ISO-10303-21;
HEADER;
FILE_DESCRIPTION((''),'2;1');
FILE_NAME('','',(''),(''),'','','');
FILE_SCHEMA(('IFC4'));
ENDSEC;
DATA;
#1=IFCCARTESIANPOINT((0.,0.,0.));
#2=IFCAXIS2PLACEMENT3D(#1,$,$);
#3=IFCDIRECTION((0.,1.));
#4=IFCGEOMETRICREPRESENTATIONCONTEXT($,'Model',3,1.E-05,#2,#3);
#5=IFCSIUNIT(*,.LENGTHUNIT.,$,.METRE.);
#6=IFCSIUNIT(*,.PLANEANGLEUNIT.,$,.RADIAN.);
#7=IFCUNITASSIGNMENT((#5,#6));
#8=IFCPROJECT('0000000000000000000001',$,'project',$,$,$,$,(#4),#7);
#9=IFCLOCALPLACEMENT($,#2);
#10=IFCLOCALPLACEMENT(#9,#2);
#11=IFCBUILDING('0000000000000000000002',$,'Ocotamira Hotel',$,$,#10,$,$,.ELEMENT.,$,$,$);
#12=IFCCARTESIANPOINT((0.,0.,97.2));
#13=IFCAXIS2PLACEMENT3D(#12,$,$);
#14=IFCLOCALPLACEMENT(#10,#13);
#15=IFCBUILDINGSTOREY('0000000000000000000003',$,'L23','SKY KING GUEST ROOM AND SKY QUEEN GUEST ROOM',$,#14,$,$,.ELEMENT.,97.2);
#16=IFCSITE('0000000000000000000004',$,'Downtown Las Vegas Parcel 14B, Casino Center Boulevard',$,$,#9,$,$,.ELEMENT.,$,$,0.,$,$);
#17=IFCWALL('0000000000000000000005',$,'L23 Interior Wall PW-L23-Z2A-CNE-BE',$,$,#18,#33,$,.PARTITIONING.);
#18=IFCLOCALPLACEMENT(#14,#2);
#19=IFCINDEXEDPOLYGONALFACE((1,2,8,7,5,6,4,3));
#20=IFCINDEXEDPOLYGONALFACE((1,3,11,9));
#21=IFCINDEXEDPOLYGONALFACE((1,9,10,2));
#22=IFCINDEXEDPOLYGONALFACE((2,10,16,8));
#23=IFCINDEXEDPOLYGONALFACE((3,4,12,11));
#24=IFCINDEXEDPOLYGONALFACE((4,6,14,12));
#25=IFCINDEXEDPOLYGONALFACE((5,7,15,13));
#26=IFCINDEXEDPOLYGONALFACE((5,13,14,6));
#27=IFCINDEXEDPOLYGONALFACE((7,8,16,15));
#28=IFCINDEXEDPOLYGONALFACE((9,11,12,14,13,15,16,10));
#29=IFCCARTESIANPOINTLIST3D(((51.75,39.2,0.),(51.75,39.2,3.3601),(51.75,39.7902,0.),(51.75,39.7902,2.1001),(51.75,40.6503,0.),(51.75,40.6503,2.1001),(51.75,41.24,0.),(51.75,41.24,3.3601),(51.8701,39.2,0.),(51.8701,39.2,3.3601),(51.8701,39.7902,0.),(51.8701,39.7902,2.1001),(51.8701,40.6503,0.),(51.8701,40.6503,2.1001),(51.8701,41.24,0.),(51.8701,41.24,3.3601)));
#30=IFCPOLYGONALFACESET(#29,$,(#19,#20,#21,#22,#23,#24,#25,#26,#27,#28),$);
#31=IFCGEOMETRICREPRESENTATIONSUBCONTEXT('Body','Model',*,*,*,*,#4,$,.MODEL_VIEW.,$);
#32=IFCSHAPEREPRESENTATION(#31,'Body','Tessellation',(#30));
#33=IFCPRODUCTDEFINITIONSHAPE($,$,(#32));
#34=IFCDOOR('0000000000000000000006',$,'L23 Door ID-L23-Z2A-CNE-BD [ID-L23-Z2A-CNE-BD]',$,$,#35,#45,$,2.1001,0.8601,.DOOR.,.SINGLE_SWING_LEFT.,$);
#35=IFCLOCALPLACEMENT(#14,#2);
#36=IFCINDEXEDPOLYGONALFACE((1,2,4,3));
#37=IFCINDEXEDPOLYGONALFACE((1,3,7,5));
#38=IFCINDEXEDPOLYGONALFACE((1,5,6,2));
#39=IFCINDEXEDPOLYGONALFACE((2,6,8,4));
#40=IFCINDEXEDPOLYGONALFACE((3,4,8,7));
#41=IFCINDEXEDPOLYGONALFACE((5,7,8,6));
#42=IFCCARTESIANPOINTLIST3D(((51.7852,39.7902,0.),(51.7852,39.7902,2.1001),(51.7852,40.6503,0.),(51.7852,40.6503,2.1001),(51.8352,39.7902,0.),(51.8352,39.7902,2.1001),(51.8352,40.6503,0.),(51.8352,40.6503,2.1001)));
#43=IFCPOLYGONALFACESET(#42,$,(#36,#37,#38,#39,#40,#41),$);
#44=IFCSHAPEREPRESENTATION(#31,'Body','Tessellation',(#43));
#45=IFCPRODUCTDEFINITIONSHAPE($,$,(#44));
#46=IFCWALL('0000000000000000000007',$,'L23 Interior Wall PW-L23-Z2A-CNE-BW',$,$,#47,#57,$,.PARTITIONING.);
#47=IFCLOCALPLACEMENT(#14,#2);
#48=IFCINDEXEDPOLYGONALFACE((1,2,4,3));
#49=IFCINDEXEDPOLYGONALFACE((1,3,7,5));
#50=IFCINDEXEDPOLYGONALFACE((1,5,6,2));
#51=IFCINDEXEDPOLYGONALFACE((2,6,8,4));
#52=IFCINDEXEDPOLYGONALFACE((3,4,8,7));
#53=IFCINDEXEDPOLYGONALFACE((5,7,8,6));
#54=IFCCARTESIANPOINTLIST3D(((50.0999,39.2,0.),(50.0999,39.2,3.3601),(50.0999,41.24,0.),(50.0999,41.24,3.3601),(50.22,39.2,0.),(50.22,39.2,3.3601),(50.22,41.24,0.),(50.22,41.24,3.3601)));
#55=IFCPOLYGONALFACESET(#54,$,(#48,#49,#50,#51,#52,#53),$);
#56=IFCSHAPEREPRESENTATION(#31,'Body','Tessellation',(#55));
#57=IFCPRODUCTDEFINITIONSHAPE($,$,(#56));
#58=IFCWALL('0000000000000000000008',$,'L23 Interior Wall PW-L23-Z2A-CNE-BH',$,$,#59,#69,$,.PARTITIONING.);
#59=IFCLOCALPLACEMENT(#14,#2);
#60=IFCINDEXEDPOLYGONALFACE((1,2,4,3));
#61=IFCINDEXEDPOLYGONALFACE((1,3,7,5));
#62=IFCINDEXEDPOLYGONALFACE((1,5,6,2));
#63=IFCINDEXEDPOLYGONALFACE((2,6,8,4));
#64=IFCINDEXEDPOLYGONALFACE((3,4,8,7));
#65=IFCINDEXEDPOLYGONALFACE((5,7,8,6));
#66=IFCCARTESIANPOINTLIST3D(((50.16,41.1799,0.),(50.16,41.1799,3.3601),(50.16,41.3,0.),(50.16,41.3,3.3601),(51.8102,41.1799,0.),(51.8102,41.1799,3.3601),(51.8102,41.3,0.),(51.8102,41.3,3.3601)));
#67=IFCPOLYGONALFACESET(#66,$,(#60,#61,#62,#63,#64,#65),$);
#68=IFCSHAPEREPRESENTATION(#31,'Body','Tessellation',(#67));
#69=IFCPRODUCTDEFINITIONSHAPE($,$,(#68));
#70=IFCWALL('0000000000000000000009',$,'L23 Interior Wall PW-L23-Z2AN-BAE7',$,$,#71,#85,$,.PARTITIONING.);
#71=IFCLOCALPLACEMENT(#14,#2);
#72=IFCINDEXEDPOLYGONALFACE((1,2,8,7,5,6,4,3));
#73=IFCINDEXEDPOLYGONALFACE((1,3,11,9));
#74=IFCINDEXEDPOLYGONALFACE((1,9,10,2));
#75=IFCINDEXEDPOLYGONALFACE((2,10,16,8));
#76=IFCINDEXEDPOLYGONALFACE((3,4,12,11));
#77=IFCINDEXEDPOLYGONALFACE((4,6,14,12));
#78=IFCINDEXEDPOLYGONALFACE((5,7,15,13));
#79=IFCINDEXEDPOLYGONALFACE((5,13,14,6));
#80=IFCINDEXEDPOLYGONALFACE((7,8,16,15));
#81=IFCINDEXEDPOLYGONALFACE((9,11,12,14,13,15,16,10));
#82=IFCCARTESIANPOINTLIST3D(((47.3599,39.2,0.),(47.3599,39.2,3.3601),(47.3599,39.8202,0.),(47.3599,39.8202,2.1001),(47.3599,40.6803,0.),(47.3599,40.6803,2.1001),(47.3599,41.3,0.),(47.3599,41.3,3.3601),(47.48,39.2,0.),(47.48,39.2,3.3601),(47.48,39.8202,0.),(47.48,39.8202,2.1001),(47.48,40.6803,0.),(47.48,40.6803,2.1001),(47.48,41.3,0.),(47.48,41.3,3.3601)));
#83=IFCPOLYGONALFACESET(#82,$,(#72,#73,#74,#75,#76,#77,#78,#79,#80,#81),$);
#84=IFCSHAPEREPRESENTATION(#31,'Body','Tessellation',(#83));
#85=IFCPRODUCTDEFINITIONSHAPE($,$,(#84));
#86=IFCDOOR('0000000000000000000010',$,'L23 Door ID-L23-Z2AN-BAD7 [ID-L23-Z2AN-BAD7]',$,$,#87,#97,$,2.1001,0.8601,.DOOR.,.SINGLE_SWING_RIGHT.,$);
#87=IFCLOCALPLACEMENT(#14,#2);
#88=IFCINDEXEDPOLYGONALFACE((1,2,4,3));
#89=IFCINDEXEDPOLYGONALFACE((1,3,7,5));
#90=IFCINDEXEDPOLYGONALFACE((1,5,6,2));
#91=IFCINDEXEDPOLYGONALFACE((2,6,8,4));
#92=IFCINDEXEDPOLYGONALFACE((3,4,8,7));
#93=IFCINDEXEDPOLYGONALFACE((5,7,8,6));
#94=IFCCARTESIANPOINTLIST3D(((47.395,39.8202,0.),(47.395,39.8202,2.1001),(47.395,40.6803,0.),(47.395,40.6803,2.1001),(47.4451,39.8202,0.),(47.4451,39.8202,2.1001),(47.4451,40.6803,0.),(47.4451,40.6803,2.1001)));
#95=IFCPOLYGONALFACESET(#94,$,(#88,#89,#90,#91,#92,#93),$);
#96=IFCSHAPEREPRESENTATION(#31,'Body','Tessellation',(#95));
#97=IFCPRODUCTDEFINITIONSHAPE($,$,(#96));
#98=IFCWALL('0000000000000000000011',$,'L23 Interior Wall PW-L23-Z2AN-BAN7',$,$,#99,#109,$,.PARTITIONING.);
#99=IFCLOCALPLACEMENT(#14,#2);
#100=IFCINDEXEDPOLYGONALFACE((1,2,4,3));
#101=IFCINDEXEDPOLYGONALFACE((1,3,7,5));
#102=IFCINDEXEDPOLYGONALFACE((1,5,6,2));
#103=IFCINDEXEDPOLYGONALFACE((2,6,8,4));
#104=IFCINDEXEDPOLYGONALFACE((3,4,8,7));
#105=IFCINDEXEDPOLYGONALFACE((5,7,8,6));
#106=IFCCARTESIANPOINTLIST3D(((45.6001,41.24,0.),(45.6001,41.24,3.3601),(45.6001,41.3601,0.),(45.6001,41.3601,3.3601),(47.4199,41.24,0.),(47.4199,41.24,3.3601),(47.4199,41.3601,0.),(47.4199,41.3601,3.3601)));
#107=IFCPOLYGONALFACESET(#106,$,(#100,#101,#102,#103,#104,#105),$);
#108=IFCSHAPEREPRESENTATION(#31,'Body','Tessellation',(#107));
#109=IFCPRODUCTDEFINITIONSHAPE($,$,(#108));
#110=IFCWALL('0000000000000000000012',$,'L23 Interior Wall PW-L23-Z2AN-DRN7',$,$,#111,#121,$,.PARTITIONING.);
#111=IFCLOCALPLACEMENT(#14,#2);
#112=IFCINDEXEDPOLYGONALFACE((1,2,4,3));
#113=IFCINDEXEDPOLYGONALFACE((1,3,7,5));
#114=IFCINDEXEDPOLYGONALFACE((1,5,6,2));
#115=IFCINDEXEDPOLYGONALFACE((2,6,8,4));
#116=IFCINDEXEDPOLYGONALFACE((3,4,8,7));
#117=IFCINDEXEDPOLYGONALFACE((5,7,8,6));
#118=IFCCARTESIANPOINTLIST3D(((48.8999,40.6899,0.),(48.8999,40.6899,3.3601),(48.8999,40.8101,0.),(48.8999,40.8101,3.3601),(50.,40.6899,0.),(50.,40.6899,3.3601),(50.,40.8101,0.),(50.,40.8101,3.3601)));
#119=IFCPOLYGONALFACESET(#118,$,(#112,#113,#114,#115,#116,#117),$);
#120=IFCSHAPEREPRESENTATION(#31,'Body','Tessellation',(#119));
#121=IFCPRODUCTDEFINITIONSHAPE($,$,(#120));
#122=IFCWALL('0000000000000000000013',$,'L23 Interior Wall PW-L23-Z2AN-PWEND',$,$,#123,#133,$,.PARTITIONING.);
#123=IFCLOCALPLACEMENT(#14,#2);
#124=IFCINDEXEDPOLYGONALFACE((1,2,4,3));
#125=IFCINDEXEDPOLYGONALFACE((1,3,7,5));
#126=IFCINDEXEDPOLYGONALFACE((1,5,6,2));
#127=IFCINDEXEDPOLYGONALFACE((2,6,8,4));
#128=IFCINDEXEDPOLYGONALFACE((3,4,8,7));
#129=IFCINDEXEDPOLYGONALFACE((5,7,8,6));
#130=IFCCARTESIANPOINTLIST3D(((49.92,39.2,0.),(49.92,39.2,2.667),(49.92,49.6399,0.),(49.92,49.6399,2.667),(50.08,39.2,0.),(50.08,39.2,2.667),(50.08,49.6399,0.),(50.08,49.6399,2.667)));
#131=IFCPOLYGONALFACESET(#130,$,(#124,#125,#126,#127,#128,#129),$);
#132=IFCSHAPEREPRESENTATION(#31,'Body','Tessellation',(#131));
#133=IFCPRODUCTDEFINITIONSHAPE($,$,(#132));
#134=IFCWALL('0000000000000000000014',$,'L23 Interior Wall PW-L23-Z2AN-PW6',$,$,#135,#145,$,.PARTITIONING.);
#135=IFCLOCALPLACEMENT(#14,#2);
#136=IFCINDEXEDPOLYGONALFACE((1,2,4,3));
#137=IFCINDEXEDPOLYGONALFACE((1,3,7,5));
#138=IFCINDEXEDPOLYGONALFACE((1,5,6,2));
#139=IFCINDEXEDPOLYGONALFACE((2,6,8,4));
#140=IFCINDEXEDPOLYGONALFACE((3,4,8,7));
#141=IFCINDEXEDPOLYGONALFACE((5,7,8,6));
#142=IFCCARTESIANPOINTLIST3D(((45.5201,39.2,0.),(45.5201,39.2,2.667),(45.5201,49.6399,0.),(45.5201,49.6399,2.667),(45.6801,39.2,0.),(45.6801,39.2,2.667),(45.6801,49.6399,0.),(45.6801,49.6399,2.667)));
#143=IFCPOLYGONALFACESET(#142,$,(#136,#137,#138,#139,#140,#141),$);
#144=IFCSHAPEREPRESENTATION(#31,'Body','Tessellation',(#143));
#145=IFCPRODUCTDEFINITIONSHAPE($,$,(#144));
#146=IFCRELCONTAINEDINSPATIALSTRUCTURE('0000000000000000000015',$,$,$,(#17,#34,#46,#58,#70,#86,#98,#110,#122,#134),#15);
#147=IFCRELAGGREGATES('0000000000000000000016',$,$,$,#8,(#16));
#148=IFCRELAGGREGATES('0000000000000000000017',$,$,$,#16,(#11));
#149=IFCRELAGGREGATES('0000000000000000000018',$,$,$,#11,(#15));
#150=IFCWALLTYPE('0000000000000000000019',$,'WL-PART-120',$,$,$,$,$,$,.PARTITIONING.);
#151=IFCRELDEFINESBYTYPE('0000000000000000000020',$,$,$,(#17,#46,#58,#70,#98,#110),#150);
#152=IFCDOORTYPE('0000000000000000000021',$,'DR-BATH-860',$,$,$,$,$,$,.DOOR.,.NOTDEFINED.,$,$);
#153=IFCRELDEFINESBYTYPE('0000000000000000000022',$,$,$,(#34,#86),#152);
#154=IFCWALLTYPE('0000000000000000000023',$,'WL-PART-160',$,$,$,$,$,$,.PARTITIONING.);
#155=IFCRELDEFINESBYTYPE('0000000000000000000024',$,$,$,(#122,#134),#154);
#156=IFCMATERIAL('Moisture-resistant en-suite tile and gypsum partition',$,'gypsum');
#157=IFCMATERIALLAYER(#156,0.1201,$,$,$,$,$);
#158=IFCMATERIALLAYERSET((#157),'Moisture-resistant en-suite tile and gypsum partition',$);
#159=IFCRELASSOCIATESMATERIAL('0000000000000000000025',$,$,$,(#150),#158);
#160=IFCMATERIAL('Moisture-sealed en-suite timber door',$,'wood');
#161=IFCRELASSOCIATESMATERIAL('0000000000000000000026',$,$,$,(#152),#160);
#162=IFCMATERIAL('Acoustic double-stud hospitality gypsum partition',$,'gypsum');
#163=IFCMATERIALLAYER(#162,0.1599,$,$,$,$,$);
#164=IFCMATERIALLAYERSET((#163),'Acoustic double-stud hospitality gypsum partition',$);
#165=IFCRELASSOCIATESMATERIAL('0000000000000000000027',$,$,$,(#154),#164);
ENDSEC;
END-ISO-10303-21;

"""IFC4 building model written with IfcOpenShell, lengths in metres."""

from ifc_helpers import new_model, si_unit, direction, frame, frame_2d, origin, place, context, subcontext, project, spatial, rectangle, extrude, source, transform, mapped, material, layer, layer_set, type_object, element, fill, save


model = new_model("IFC4")

# Units and contexts
model_context = context("Model", 3, precision=1e-05, world=origin(), true_north=direction((0.0, 1.0)))
body_context = subcontext(model_context, "Body", "Model", "MODEL_VIEW")
ifc_project = project(units=[si_unit("LENGTHUNIT", "METRE"), si_unit("PLANEANGLEUNIT", "RADIAN")], contexts=[model_context])

# Site, building, storey
site_placement = place(None, origin())
site = spatial("IfcSite", under=ifc_project, at=site_placement, Name="Downtown Las Vegas Parcel 14B, Casino Center Boulevard", CompositionType="ELEMENT", RefElevation=0.0)
building_placement = place(site_placement, origin())
building = spatial("IfcBuilding", under=site, at=building_placement, Name="Ocotamira Hotel", CompositionType="ELEMENT")
storey_placement = place(building_placement, frame((0.0, 0.0, 97.2)))
storey = spatial("IfcBuildingStorey", under=building, at=storey_placement, Name="L23", Description="SKY KING GUEST ROOM AND SKY QUEEN GUEST ROOM", CompositionType="ELEMENT", Elevation=97.2)

# Wall, opening, door
ifc_material_1 = material(Name="Moisture-resistant en-suite tile and gypsum partition", Category="gypsum")
ifc_layer_1 = layer(ifc_material_1, 0.1201)
ifc_layer_set_1 = layer_set([ifc_layer_1], Name="Moisture-resistant en-suite tile and gypsum partition")
wall_type_1 = type_object("IfcWallType", Name="WL-PART-120", PredefinedType="PARTITIONING", material=ifc_layer_set_1)
wall_1_placement = place(storey_placement, frame((51.8101, 39.2, 0.0), z_axis=(0.0, 0.0, 1.0), x_axis=(0.0, 1.0, 0.0)))
wall_1 = element("IfcWall", 1, at=wall_1_placement, inside=storey, type_object=wall_type_1, Name="L23 Interior Wall PW-L23-Z2A-CNE-BE", PredefinedType="PARTITIONING", context=body_context, shape_type="SweptSolid", body=[
    extrude(rectangle(XDim=2.04, YDim=0.1201, at=frame_2d((1.02, 0.0))), origin(), (0.0, 0.0, 1.0), 3.3601),
])
opening_1_placement = place(wall_1_placement, frame((0.5901, 0.0, 0.0)))
opening_1 = element("IfcOpeningElement", 2, at=opening_1_placement, cuts=wall_1, PredefinedType="OPENING", context=body_context, shape_type="SweptSolid", body=[
    extrude(rectangle(XDim=0.8601, YDim=2.1001, at=frame_2d((0.4302, 1.05))), frame((0.0, 0.0701, 0.0), z_axis=(0.0, -1.0, 0.0), x_axis=(1.0, 0.0, 0.0)), (0.0, 0.0, 1.0), 0.1401),
])
ifc_material_2 = material(Name="Moisture-sealed en-suite timber door", Category="wood")
door_type_1 = type_object("IfcDoorType", Name="DR-BATH-860", OperationType="NOTDEFINED", PredefinedType="DOOR", material=ifc_material_2)
shared_shape_1 = source(origin(), body_context, "Body", "SweptSolid", [
    extrude(rectangle(XDim=0.8601, YDim=2.1001, at=frame_2d((0.4302, 1.05))), frame((0.0, 0.0249, 0.0), z_axis=(0.0, -1.0, 0.0), x_axis=(1.0, 0.0, 0.0)), (0.0, 0.0, 1.0), 0.05),
])
door_1_placement = place(opening_1_placement, origin())
door_1 = element("IfcDoor", 3, at=door_1_placement, inside=storey, type_object=door_type_1, Name="L23 Door ID-L23-Z2A-CNE-BD [ID-L23-Z2A-CNE-BD]", OperationType="SINGLE_SWING_LEFT", OverallHeight=2.1001, OverallWidth=0.8601, PredefinedType="DOOR", context=body_context, shape_type="MappedRepresentation", body=[
    mapped(shared_shape_1, transform((0.0, 0.0, 0.0), scale=1.0)),
])
fill(opening_1, door_1)

# Walls
wall_2_placement = place(storey_placement, frame((50.1599, 39.2, 0.0), z_axis=(0.0, 0.0, 1.0), x_axis=(0.0, 1.0, 0.0)))
element("IfcWall", 4, at=wall_2_placement, inside=storey, type_object=wall_type_1, Name="L23 Interior Wall PW-L23-Z2A-CNE-BW", PredefinedType="PARTITIONING", context=body_context, shape_type="SweptSolid", body=[
    extrude(rectangle(XDim=2.04, YDim=0.1201, at=frame_2d((1.02, 0.0))), origin(), (0.0, 0.0, 1.0), 3.3601),
])
wall_3_placement = place(storey_placement, frame((50.1599, 41.24, 0.0), z_axis=(0.0, 0.0, 1.0), x_axis=(1.0, 0.0, 0.0)))
element("IfcWall", 5, at=wall_3_placement, inside=storey, type_object=wall_type_1, Name="L23 Interior Wall PW-L23-Z2A-CNE-BH", PredefinedType="PARTITIONING", context=body_context, shape_type="SweptSolid", body=[
    extrude(rectangle(XDim=1.6501, YDim=0.1201, at=frame_2d((0.8252, 0.0))), origin(), (0.0, 0.0, 1.0), 3.3601),
])

# Wall, opening, door
wall_4_placement = place(storey_placement, frame((47.4199, 39.2, 0.0), z_axis=(0.0, 0.0, 1.0), x_axis=(0.0, 1.0, 0.0)))
wall_4 = element("IfcWall", 6, at=wall_4_placement, inside=storey, type_object=wall_type_1, Name="L23 Interior Wall PW-L23-Z2AN-BAE7", PredefinedType="PARTITIONING", context=body_context, shape_type="SweptSolid", body=[
    extrude(rectangle(XDim=2.1001, YDim=0.1201, at=frame_2d((1.05, 0.0))), origin(), (0.0, 0.0, 1.0), 3.3601),
])
opening_2_placement = place(wall_4_placement, frame((0.6201, 0.0, 0.0)))
opening_2 = element("IfcOpeningElement", 7, at=opening_2_placement, cuts=wall_4, PredefinedType="OPENING", context=body_context, shape_type="SweptSolid", body=[
    extrude(rectangle(XDim=0.8601, YDim=2.1001, at=frame_2d((0.4302, 1.05))), frame((0.0, 0.0701, 0.0), z_axis=(0.0, -1.0, 0.0), x_axis=(1.0, 0.0, 0.0)), (0.0, 0.0, 1.0), 0.1401),
])
door_2_placement = place(opening_2_placement, origin())
door_2 = element("IfcDoor", 8, at=door_2_placement, inside=storey, type_object=door_type_1, Name="L23 Door ID-L23-Z2AN-BAD7 [ID-L23-Z2AN-BAD7]", OperationType="SINGLE_SWING_RIGHT", OverallHeight=2.1001, OverallWidth=0.8601, PredefinedType="DOOR", context=body_context, shape_type="MappedRepresentation", body=[
    mapped(shared_shape_1, transform((0.0, 0.0, 0.0), scale=1.0)),
])
fill(opening_2, door_2)

# Walls
wall_5_placement = place(storey_placement, frame((45.6001, 41.3, 0.0), z_axis=(0.0, 0.0, 1.0), x_axis=(1.0, 0.0, 0.0)))
element("IfcWall", 9, at=wall_5_placement, inside=storey, type_object=wall_type_1, Name="L23 Interior Wall PW-L23-Z2AN-BAN7", PredefinedType="PARTITIONING", context=body_context, shape_type="SweptSolid", body=[
    extrude(rectangle(XDim=1.8198, YDim=0.1201, at=frame_2d((0.9099, 0.0))), origin(), (0.0, 0.0, 1.0), 3.3601),
])
wall_6_placement = place(storey_placement, frame((48.8999, 40.75, 0.0), z_axis=(0.0, 0.0, 1.0), x_axis=(1.0, 0.0, 0.0)))
element("IfcWall", 10, at=wall_6_placement, inside=storey, type_object=wall_type_1, Name="L23 Interior Wall PW-L23-Z2AN-DRN7", PredefinedType="PARTITIONING", context=body_context, shape_type="SweptSolid", body=[
    extrude(rectangle(XDim=1.1001, YDim=0.1201, at=frame_2d((0.55, 0.0))), origin(), (0.0, 0.0, 1.0), 3.3601),
])
ifc_material_3 = material(Name="Acoustic double-stud hospitality gypsum partition", Category="gypsum")
ifc_layer_2 = layer(ifc_material_3, 0.1599)
ifc_layer_set_2 = layer_set([ifc_layer_2], Name="Acoustic double-stud hospitality gypsum partition")
wall_type_2 = type_object("IfcWallType", Name="WL-PART-160", PredefinedType="PARTITIONING", material=ifc_layer_set_2)
for number, where, z_axis, x_axis, name in (
    (11, (50.0, 39.2, 0.0), (0.0, 0.0, 1.0), (0.0, 1.0, 0.0), "L23 Interior Wall PW-L23-Z2AN-PWEND"),
    (12, (45.6001, 39.2, 0.0), (0.0, 0.0, 1.0), (0.0, 1.0, 0.0), "L23 Interior Wall PW-L23-Z2AN-PW6"),
):
    element("IfcWall", number, at=place(storey_placement, frame(where, z_axis=z_axis, x_axis=x_axis)), inside=storey, type_object=wall_type_2, Name=name, PredefinedType="PARTITIONING", context=body_context, shape_type="SweptSolid", body=[
        extrude(rectangle(XDim=10.4399, YDim=0.1599, at=frame_2d((5.22, 0.0))), origin(), (0.0, 0.0, 1.0), 2.667),
    ])

save(model, "model.ifc")
